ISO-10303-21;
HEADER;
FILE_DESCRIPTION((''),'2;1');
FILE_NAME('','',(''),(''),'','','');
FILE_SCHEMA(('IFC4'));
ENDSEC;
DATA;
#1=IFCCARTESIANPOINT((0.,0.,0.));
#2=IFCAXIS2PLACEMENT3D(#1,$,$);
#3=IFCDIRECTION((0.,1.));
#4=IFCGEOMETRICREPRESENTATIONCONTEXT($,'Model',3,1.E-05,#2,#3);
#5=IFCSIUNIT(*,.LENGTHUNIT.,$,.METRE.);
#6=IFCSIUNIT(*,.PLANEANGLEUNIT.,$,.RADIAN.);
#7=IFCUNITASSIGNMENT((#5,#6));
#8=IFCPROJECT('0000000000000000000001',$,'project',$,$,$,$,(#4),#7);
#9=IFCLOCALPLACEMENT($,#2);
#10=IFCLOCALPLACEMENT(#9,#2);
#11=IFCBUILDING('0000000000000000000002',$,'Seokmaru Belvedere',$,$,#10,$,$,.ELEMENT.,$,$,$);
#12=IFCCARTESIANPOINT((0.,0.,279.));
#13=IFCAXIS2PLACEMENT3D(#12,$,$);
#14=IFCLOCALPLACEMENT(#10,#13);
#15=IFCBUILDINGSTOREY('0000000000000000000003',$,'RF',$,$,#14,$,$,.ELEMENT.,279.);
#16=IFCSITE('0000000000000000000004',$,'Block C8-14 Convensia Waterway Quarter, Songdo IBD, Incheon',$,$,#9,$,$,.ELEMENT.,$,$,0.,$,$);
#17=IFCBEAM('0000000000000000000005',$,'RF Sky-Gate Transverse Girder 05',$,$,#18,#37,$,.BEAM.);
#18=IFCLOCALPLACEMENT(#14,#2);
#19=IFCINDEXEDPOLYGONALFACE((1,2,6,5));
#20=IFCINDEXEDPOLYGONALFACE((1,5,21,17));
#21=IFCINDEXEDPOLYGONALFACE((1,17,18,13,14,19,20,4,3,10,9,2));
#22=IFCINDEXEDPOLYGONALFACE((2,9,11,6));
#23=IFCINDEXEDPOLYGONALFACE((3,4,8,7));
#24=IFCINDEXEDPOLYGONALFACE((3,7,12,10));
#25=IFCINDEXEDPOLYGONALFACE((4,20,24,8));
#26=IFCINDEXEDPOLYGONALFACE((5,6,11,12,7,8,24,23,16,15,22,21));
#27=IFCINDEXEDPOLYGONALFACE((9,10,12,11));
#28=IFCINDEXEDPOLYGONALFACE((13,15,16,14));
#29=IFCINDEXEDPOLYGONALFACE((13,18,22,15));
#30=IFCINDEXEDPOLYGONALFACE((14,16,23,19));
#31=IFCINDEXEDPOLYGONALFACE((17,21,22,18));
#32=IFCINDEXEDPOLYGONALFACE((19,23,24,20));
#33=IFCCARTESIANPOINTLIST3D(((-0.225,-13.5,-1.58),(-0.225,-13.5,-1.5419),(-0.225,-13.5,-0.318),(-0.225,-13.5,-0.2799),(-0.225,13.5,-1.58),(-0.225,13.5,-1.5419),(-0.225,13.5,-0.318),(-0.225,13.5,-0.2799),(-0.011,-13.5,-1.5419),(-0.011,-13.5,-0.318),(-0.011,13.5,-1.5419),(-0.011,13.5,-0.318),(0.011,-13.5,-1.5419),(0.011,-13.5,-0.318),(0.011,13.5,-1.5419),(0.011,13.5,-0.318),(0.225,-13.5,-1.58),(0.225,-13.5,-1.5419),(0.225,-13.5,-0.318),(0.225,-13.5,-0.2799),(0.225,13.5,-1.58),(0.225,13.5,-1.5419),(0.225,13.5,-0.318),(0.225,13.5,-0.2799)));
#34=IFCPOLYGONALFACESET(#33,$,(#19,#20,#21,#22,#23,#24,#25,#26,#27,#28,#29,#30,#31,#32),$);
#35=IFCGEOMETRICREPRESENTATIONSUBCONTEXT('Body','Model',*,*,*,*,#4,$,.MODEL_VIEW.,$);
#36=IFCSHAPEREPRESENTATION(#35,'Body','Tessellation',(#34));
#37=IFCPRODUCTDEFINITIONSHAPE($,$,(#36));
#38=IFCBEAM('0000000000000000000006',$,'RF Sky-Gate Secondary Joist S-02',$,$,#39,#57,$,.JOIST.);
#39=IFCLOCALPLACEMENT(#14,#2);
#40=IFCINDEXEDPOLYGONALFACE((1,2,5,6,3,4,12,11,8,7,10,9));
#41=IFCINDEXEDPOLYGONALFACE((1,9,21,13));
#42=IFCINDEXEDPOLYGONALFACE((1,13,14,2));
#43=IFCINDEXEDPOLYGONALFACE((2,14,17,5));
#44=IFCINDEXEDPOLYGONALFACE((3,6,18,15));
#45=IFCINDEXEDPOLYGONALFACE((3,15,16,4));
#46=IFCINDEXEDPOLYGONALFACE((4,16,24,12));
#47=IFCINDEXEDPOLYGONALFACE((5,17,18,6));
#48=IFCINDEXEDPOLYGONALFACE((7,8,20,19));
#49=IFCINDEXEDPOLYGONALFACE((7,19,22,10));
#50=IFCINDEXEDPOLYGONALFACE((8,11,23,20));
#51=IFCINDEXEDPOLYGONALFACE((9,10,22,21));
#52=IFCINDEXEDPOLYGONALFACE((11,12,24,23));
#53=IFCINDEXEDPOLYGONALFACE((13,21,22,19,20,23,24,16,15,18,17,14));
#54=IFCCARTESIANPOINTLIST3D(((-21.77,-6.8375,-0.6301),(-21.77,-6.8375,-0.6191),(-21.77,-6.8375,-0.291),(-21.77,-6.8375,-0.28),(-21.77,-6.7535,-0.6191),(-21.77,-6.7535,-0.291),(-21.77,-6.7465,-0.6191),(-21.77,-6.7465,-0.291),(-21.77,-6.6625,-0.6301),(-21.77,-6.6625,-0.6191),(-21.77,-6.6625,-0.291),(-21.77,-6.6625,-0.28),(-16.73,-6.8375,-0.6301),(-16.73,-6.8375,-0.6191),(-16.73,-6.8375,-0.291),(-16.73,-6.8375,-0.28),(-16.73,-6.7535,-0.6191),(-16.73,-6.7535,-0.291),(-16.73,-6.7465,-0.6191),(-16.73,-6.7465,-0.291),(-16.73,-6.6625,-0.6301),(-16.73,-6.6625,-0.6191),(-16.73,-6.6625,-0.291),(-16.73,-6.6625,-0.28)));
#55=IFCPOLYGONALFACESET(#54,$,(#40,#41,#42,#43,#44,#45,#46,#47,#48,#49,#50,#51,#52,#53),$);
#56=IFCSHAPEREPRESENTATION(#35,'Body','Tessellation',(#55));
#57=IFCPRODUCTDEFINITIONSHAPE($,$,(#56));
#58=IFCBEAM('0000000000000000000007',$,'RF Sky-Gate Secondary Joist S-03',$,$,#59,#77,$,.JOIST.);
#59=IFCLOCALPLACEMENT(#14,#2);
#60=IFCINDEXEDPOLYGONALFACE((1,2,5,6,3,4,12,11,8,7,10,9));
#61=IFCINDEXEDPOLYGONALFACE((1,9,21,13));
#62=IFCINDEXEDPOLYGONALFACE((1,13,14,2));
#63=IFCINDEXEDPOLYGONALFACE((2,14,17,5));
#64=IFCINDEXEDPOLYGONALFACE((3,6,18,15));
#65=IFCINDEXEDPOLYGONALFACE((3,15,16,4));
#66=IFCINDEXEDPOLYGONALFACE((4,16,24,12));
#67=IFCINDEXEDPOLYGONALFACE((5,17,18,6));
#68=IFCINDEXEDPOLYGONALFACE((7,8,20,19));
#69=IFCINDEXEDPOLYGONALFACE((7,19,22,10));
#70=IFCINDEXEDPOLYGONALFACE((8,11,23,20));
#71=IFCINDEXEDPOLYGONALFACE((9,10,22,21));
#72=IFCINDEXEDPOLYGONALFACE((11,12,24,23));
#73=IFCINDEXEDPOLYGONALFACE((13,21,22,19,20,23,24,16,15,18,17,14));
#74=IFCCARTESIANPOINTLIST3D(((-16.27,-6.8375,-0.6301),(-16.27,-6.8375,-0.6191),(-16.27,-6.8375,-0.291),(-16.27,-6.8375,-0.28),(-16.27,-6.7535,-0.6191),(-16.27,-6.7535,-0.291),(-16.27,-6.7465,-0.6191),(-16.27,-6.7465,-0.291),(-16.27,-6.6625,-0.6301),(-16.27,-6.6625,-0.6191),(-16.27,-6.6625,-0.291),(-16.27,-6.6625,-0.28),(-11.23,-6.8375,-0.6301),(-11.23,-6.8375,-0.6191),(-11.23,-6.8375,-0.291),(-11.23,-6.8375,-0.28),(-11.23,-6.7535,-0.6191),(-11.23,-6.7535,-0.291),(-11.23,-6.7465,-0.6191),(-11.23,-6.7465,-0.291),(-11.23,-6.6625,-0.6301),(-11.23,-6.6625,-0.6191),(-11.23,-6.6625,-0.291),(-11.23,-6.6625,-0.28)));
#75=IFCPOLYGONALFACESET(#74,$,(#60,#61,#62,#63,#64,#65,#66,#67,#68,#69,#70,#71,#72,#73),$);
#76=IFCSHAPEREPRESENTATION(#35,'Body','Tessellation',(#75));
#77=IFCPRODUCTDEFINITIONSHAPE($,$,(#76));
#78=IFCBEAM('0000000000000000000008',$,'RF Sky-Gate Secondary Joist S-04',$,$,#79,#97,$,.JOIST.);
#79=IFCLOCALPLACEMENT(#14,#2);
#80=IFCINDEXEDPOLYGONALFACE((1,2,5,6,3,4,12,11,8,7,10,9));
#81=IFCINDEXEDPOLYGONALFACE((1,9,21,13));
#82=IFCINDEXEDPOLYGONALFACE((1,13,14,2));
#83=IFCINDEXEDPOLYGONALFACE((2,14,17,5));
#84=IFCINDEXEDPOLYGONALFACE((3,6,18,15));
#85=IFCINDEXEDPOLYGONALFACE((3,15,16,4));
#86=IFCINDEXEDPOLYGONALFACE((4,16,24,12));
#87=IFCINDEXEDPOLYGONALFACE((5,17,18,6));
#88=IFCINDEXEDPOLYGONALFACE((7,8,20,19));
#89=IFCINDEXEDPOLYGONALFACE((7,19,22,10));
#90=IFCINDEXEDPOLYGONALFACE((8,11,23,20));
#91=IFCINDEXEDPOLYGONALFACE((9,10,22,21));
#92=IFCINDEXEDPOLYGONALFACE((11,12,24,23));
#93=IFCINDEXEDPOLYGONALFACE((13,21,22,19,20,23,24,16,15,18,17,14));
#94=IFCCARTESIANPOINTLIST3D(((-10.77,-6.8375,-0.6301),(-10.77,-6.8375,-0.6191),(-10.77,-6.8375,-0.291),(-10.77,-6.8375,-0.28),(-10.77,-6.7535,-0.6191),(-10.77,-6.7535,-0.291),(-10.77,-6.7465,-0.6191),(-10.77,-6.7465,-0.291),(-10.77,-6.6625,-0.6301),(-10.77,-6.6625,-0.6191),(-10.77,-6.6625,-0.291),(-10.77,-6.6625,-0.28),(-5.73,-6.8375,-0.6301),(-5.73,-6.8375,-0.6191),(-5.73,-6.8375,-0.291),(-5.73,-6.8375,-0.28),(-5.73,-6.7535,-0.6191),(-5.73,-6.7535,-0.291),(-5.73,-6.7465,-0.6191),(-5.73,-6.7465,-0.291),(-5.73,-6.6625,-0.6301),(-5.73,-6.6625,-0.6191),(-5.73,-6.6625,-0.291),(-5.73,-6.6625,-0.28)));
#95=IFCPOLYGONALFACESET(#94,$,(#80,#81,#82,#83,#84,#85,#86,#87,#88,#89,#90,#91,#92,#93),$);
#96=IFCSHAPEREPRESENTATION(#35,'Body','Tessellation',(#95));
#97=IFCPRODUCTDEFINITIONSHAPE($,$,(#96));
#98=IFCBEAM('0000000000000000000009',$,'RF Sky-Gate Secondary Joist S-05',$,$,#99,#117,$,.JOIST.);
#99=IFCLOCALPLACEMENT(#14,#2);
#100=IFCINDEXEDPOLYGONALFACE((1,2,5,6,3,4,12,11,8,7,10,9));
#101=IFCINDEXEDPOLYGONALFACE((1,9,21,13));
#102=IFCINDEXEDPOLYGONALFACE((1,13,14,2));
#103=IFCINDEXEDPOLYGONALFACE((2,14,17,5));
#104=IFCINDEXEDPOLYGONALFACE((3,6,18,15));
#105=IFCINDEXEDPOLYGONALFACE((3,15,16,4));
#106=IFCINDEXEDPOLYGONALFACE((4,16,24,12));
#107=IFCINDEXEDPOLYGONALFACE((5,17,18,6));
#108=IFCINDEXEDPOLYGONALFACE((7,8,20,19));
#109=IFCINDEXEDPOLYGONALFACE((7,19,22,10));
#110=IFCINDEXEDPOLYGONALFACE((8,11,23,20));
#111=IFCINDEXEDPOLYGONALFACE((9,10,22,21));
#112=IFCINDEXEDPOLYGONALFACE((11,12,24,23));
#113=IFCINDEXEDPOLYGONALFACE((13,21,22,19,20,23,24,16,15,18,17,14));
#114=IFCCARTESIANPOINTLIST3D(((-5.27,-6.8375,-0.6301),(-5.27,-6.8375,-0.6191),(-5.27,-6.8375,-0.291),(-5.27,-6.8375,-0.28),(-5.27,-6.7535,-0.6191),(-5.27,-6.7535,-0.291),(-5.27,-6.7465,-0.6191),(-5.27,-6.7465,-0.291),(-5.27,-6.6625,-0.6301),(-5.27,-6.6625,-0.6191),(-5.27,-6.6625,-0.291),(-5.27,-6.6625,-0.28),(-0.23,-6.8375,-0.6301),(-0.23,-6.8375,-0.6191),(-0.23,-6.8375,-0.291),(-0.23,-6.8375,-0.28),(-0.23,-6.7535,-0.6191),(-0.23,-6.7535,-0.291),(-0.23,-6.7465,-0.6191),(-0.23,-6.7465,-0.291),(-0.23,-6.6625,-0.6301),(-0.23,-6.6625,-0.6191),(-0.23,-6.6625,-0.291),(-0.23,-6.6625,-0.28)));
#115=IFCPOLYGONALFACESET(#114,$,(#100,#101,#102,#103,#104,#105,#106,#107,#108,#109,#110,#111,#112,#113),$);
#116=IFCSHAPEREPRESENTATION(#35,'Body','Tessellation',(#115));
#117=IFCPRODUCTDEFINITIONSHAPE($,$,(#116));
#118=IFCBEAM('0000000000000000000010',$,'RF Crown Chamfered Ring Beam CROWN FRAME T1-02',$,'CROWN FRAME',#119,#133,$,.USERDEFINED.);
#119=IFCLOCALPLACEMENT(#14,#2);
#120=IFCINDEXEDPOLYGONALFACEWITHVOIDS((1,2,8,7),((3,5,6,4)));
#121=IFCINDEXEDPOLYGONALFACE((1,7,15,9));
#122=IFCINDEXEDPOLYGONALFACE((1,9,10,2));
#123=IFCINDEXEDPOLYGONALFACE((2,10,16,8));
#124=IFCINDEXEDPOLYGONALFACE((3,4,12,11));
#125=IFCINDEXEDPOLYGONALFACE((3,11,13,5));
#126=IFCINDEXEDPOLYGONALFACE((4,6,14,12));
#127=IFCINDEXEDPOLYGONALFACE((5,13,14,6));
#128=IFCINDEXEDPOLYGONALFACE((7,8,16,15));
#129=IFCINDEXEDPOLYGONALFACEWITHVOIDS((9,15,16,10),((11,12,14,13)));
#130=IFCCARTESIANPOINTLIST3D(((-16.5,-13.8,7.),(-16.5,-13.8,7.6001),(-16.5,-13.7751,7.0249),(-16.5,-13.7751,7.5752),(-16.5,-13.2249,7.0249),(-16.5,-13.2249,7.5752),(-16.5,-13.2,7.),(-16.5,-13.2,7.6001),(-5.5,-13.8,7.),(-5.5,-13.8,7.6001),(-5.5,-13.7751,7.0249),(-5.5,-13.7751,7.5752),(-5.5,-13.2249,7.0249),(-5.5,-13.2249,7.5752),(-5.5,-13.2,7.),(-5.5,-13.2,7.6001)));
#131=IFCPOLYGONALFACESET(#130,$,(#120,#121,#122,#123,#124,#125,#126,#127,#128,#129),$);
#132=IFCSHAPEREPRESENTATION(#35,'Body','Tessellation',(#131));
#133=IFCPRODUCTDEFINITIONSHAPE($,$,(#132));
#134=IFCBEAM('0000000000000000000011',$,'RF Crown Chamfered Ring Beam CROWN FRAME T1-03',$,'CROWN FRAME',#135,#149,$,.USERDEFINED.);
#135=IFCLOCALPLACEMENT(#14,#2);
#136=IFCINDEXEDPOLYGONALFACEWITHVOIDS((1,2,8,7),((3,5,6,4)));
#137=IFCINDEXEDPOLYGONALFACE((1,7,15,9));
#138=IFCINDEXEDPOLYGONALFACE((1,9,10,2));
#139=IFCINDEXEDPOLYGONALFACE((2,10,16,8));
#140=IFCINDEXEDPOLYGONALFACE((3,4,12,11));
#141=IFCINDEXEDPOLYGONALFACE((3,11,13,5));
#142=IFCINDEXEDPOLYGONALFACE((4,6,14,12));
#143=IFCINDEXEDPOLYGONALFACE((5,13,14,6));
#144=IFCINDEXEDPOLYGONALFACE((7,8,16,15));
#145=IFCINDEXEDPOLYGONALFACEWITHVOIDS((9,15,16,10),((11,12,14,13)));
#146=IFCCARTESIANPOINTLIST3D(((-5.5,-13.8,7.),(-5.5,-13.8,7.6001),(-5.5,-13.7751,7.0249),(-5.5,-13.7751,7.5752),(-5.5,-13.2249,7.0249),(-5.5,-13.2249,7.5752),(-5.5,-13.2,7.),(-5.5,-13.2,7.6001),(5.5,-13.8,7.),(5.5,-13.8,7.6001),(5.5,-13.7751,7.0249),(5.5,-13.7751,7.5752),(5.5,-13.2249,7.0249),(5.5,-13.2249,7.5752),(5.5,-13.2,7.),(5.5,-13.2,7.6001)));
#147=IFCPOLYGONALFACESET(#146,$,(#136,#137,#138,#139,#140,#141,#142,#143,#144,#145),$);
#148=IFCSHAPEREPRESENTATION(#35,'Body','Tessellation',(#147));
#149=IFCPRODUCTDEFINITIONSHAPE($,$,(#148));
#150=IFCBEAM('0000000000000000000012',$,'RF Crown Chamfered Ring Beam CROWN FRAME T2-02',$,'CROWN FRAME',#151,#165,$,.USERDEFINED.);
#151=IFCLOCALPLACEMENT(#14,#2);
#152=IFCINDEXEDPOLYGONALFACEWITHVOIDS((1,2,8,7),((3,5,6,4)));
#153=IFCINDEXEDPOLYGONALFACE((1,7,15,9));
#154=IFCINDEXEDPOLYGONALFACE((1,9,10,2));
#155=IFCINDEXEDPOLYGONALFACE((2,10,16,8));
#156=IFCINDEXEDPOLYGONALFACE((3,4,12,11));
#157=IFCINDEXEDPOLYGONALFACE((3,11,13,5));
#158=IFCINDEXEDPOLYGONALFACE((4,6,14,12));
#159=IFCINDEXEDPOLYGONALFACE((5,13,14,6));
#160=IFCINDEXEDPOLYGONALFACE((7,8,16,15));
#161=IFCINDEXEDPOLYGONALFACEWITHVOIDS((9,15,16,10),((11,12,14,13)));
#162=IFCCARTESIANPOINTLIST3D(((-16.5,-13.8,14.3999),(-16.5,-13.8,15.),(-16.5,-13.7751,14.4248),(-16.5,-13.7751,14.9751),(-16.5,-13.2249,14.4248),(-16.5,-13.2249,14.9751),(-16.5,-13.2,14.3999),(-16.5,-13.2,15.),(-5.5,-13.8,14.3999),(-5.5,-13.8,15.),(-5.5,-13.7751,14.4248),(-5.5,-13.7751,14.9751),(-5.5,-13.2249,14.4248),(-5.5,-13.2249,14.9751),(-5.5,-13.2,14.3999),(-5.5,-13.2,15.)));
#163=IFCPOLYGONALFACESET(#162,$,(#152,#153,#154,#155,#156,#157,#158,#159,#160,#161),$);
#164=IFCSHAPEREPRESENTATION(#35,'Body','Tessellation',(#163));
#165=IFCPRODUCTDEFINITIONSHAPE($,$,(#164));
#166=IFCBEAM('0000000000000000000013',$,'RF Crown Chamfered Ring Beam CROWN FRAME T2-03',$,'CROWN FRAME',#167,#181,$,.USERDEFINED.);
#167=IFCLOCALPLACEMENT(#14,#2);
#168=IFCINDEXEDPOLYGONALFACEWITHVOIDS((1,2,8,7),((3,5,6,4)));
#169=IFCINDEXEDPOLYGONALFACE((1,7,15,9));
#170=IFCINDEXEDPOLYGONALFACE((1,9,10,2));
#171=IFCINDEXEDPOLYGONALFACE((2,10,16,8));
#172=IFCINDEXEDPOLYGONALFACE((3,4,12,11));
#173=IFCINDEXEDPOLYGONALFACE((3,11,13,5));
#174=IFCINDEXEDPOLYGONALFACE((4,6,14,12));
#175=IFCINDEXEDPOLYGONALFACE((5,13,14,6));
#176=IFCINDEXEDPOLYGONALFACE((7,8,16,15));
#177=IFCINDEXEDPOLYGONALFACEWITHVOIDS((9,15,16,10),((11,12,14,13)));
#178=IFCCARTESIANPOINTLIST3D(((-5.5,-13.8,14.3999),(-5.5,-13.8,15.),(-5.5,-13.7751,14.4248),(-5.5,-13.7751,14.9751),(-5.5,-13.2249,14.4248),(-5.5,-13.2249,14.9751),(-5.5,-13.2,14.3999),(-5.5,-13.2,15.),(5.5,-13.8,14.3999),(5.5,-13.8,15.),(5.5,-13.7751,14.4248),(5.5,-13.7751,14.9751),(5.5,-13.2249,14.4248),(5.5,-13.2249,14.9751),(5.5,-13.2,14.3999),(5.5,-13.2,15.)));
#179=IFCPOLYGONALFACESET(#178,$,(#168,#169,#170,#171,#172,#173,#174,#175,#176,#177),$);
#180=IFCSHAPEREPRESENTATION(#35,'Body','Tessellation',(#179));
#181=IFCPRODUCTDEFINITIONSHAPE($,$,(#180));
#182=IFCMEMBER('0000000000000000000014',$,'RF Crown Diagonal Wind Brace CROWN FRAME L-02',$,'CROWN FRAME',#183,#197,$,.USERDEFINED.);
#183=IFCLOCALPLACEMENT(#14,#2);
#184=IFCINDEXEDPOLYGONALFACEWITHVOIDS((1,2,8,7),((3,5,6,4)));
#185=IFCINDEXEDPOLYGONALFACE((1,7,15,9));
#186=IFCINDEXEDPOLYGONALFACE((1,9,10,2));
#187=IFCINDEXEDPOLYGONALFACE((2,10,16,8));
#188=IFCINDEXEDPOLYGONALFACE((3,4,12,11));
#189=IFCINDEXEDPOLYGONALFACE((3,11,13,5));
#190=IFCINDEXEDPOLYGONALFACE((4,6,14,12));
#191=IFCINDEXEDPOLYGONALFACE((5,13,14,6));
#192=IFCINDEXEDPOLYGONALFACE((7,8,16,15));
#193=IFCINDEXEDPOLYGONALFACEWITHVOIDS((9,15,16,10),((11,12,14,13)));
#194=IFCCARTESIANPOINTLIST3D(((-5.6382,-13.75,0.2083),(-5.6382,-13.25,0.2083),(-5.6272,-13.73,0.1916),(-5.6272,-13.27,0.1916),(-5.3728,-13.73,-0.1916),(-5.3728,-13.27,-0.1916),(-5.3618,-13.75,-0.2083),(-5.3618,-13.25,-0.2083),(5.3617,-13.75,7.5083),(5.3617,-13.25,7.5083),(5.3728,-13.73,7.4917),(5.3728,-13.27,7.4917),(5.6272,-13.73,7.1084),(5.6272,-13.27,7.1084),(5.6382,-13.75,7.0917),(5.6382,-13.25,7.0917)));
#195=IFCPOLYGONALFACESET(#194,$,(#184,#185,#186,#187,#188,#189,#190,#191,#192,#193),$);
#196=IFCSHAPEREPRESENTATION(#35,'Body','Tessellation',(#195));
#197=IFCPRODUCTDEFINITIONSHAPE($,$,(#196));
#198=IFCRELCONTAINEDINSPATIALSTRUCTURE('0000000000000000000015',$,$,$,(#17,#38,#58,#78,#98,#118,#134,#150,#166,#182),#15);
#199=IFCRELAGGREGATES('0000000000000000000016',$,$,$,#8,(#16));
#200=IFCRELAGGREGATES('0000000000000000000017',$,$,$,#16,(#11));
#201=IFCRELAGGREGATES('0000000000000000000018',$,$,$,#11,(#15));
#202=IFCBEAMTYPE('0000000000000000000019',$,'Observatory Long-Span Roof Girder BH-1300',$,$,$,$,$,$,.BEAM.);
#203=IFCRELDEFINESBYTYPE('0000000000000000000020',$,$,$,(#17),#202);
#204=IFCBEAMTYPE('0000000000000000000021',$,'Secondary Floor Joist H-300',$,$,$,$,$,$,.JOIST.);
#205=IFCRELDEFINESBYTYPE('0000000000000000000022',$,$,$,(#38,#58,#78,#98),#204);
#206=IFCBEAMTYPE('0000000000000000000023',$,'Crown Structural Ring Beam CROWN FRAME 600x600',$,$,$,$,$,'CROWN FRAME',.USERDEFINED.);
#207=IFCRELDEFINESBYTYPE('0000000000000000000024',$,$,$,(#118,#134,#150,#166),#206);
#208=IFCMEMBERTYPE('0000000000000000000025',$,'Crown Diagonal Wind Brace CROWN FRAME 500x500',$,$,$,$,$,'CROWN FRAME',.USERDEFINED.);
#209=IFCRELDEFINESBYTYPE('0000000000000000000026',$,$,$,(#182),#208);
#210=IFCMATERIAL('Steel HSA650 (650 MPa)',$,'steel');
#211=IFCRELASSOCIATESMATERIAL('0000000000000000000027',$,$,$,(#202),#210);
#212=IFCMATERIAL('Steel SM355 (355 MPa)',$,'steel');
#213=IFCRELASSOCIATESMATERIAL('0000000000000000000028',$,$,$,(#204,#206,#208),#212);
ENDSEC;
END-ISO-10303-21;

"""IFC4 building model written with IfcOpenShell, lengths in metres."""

from ifc_helpers import new_model, si_unit, direction, frame, origin, origin_2d, place, context, subcontext, project, spatial, hollow_rectangle, i_section, extrude, source, transform, mapped, material, material_profile, profile_set, type_object, type_shapes, element, save


model = new_model("IFC4")

# Units and contexts
model_context = context("Model", 3, precision=1e-05, world=origin(), true_north=direction((0.0, 1.0)))
body_context = subcontext(model_context, "Body", "Model", "MODEL_VIEW")
ifc_project = project(units=[si_unit("LENGTHUNIT", "METRE"), si_unit("PLANEANGLEUNIT", "RADIAN")], contexts=[model_context])

# Site, building, storey
site_placement = place(None, origin())
site = spatial("IfcSite", under=ifc_project, at=site_placement, Name="Block C8-14 Convensia Waterway Quarter, Songdo IBD, Incheon", CompositionType="ELEMENT", RefElevation=0.0)
building_placement = place(site_placement, origin())
building = spatial("IfcBuilding", under=site, at=building_placement, Name="Seokmaru Belvedere", CompositionType="ELEMENT")
storey_placement = place(building_placement, frame((0.0, 0.0, 279.0)))
storey = spatial("IfcBuildingStorey", under=building, at=storey_placement, Name="RF", CompositionType="ELEMENT", Elevation=279.0)

# Shared definitions
ifc_material_1 = material(Name="Steel SM355 (355 MPa)", Category="steel")

# Beams
ifc_material_2 = material(Name="Steel HSA650 (650 MPa)", Category="steel")
ifc_material_profile_1 = material_profile(ifc_material_2, i_section(OverallWidth=0.45, OverallDepth=1.3, WebThickness=0.022, FlangeThickness=0.0381, at=origin_2d()), Name="BH-1300x450x22x38")
ifc_profile_set_1 = profile_set([ifc_material_profile_1], Name="Steel HSA650 (650 MPa)")
beam_type_1 = type_object("IfcBeamType", Name="Observatory Long-Span Roof Girder BH-1300", PredefinedType="BEAM", material=ifc_profile_set_1)
shared_shape_1 = source(origin(), body_context, "Body", "SweptSolid", [
    extrude(i_section(OverallWidth=0.45, OverallDepth=1.3, WebThickness=0.022, FlangeThickness=0.0381, at=origin_2d()), origin(), (0.0, 0.0, 1.0), 27.0),
])
type_shapes(beam_type_1, [shared_shape_1])
for number, where, z_axis, x_axis, name in (
    (1, (0.0, -13.5, -0.9299), (0.0, 1.0, 0.0), (-1.0, 0.0, 0.0), "RF Sky-Gate Transverse Girder 05"),
):
    element("IfcBeam", number, at=place(storey_placement, frame(where, z_axis=z_axis, x_axis=x_axis)), inside=storey, type_object=beam_type_1, Name=name, PredefinedType="BEAM", context=body_context, shape_type="MappedRepresentation", body=[
        mapped(shared_shape_1, transform((0.0, 0.0, 0.0), scale=1.0)),
    ])
ifc_material_profile_2 = material_profile(ifc_material_1, i_section(OverallWidth=0.175, OverallDepth=0.3501, WebThickness=0.0071, FlangeThickness=0.011, at=origin_2d()), Name="H-350x175x7x11")
ifc_profile_set_2 = profile_set([ifc_material_profile_2], Name="Steel SM355 (355 MPa)")
beam_type_2 = type_object("IfcBeamType", Name="Secondary Floor Joist H-300", PredefinedType="JOIST", material=ifc_profile_set_2)
shared_shape_2 = source(origin(), body_context, "Body", "SweptSolid", [
    extrude(i_section(OverallWidth=0.175, OverallDepth=0.3501, WebThickness=0.0071, FlangeThickness=0.011, at=origin_2d()), origin(), (0.0, 0.0, 1.0), 5.04),
])
type_shapes(beam_type_2, [shared_shape_2])
for number, where, z_axis, x_axis, name in (
    (2, (-21.77, -6.75, -0.4551), (1.0, 0.0, 0.0), (0.0, 1.0, 0.0), "RF Sky-Gate Secondary Joist S-02"),
    (3, (-16.27, -6.75, -0.4551), (1.0, 0.0, 0.0), (0.0, 1.0, 0.0), "RF Sky-Gate Secondary Joist S-03"),
    (4, (-10.77, -6.75, -0.4551), (1.0, 0.0, 0.0), (0.0, 1.0, 0.0), "RF Sky-Gate Secondary Joist S-04"),
    (5, (-5.27, -6.75, -0.4551), (1.0, 0.0, 0.0), (0.0, 1.0, 0.0), "RF Sky-Gate Secondary Joist S-05"),
):
    element("IfcBeam", number, at=place(storey_placement, frame(where, z_axis=z_axis, x_axis=x_axis)), inside=storey, type_object=beam_type_2, Name=name, PredefinedType="JOIST", context=body_context, shape_type="MappedRepresentation", body=[
        mapped(shared_shape_2, transform((0.0, 0.0, 0.0), scale=1.0)),
    ])
ifc_material_profile_3 = material_profile(ifc_material_1, hollow_rectangle(XDim=0.6001, YDim=0.6001, WallThickness=0.0249, at=origin_2d()), Name="HSS-600x600x25")
ifc_profile_set_3 = profile_set([ifc_material_profile_3], Name="Steel SM355 (355 MPa)")
beam_type_3 = type_object("IfcBeamType", Name="Crown Structural Ring Beam CROWN FRAME 600x600", ElementType="CROWN FRAME", PredefinedType="USERDEFINED", material=ifc_profile_set_3)
shared_shape_3 = source(origin(), body_context, "Body", "SweptSolid", [
    extrude(hollow_rectangle(XDim=0.6001, YDim=0.6001, WallThickness=0.0249, at=origin_2d()), origin(), (0.0, 0.0, 1.0), 11.0),
])
type_shapes(beam_type_3, [shared_shape_3])
for number, where, z_axis, x_axis, name in (
    (6, (-16.5, -13.5, 7.3), (1.0, 0.0, 0.0), (0.0, 1.0, 0.0), "RF Crown Chamfered Ring Beam CROWN FRAME T1-02"),
    (7, (-5.5, -13.5, 7.3), (1.0, 0.0, 0.0), (0.0, 1.0, 0.0), "RF Crown Chamfered Ring Beam CROWN FRAME T1-03"),
    (8, (-16.5, -13.5, 14.7), (1.0, 0.0, 0.0), (0.0, 1.0, 0.0), "RF Crown Chamfered Ring Beam CROWN FRAME T2-02"),
    (9, (-5.5, -13.5, 14.7), (1.0, 0.0, 0.0), (0.0, 1.0, 0.0), "RF Crown Chamfered Ring Beam CROWN FRAME T2-03"),
):
    element("IfcBeam", number, at=place(storey_placement, frame(where, z_axis=z_axis, x_axis=x_axis)), inside=storey, type_object=beam_type_3, Name=name, ObjectType="CROWN FRAME", PredefinedType="USERDEFINED", context=body_context, shape_type="MappedRepresentation", body=[
        mapped(shared_shape_3, transform((0.0, 0.0, 0.0), scale=1.0)),
    ])

# Member
ifc_material_profile_4 = material_profile(ifc_material_1, hollow_rectangle(XDim=0.5, YDim=0.5, WallThickness=0.02, at=origin_2d()), Name="HSS-500x500x20")
ifc_profile_set_4 = profile_set([ifc_material_profile_4], Name="Steel SM355 (355 MPa)")
member_type_1 = type_object("IfcMemberType", Name="Crown Diagonal Wind Brace CROWN FRAME 500x500", ElementType="CROWN FRAME", PredefinedType="USERDEFINED", material=ifc_profile_set_4)
shared_shape_4 = source(origin(), body_context, "Body", "SweptSolid", [
    extrude(hollow_rectangle(XDim=0.5, YDim=0.5, WallThickness=0.02, at=origin_2d()), origin(), (0.0, 0.0, 1.0), 13.2019),
])
member_1_placement = place(storey_placement, frame((-5.5, -13.5, 0.0), z_axis=(0.833212, 0.0, 0.552954), x_axis=(0.0, 1.0, 0.0)))
element("IfcMember", 10, at=member_1_placement, inside=storey, type_object=member_type_1, Name="RF Crown Diagonal Wind Brace CROWN FRAME L-02", ObjectType="CROWN FRAME", PredefinedType="USERDEFINED", context=body_context, shape_type="MappedRepresentation", body=[
    mapped(shared_shape_4, transform((0.0, 0.0, 0.0), scale=1.0)),
])

save(model, "model.ifc")
